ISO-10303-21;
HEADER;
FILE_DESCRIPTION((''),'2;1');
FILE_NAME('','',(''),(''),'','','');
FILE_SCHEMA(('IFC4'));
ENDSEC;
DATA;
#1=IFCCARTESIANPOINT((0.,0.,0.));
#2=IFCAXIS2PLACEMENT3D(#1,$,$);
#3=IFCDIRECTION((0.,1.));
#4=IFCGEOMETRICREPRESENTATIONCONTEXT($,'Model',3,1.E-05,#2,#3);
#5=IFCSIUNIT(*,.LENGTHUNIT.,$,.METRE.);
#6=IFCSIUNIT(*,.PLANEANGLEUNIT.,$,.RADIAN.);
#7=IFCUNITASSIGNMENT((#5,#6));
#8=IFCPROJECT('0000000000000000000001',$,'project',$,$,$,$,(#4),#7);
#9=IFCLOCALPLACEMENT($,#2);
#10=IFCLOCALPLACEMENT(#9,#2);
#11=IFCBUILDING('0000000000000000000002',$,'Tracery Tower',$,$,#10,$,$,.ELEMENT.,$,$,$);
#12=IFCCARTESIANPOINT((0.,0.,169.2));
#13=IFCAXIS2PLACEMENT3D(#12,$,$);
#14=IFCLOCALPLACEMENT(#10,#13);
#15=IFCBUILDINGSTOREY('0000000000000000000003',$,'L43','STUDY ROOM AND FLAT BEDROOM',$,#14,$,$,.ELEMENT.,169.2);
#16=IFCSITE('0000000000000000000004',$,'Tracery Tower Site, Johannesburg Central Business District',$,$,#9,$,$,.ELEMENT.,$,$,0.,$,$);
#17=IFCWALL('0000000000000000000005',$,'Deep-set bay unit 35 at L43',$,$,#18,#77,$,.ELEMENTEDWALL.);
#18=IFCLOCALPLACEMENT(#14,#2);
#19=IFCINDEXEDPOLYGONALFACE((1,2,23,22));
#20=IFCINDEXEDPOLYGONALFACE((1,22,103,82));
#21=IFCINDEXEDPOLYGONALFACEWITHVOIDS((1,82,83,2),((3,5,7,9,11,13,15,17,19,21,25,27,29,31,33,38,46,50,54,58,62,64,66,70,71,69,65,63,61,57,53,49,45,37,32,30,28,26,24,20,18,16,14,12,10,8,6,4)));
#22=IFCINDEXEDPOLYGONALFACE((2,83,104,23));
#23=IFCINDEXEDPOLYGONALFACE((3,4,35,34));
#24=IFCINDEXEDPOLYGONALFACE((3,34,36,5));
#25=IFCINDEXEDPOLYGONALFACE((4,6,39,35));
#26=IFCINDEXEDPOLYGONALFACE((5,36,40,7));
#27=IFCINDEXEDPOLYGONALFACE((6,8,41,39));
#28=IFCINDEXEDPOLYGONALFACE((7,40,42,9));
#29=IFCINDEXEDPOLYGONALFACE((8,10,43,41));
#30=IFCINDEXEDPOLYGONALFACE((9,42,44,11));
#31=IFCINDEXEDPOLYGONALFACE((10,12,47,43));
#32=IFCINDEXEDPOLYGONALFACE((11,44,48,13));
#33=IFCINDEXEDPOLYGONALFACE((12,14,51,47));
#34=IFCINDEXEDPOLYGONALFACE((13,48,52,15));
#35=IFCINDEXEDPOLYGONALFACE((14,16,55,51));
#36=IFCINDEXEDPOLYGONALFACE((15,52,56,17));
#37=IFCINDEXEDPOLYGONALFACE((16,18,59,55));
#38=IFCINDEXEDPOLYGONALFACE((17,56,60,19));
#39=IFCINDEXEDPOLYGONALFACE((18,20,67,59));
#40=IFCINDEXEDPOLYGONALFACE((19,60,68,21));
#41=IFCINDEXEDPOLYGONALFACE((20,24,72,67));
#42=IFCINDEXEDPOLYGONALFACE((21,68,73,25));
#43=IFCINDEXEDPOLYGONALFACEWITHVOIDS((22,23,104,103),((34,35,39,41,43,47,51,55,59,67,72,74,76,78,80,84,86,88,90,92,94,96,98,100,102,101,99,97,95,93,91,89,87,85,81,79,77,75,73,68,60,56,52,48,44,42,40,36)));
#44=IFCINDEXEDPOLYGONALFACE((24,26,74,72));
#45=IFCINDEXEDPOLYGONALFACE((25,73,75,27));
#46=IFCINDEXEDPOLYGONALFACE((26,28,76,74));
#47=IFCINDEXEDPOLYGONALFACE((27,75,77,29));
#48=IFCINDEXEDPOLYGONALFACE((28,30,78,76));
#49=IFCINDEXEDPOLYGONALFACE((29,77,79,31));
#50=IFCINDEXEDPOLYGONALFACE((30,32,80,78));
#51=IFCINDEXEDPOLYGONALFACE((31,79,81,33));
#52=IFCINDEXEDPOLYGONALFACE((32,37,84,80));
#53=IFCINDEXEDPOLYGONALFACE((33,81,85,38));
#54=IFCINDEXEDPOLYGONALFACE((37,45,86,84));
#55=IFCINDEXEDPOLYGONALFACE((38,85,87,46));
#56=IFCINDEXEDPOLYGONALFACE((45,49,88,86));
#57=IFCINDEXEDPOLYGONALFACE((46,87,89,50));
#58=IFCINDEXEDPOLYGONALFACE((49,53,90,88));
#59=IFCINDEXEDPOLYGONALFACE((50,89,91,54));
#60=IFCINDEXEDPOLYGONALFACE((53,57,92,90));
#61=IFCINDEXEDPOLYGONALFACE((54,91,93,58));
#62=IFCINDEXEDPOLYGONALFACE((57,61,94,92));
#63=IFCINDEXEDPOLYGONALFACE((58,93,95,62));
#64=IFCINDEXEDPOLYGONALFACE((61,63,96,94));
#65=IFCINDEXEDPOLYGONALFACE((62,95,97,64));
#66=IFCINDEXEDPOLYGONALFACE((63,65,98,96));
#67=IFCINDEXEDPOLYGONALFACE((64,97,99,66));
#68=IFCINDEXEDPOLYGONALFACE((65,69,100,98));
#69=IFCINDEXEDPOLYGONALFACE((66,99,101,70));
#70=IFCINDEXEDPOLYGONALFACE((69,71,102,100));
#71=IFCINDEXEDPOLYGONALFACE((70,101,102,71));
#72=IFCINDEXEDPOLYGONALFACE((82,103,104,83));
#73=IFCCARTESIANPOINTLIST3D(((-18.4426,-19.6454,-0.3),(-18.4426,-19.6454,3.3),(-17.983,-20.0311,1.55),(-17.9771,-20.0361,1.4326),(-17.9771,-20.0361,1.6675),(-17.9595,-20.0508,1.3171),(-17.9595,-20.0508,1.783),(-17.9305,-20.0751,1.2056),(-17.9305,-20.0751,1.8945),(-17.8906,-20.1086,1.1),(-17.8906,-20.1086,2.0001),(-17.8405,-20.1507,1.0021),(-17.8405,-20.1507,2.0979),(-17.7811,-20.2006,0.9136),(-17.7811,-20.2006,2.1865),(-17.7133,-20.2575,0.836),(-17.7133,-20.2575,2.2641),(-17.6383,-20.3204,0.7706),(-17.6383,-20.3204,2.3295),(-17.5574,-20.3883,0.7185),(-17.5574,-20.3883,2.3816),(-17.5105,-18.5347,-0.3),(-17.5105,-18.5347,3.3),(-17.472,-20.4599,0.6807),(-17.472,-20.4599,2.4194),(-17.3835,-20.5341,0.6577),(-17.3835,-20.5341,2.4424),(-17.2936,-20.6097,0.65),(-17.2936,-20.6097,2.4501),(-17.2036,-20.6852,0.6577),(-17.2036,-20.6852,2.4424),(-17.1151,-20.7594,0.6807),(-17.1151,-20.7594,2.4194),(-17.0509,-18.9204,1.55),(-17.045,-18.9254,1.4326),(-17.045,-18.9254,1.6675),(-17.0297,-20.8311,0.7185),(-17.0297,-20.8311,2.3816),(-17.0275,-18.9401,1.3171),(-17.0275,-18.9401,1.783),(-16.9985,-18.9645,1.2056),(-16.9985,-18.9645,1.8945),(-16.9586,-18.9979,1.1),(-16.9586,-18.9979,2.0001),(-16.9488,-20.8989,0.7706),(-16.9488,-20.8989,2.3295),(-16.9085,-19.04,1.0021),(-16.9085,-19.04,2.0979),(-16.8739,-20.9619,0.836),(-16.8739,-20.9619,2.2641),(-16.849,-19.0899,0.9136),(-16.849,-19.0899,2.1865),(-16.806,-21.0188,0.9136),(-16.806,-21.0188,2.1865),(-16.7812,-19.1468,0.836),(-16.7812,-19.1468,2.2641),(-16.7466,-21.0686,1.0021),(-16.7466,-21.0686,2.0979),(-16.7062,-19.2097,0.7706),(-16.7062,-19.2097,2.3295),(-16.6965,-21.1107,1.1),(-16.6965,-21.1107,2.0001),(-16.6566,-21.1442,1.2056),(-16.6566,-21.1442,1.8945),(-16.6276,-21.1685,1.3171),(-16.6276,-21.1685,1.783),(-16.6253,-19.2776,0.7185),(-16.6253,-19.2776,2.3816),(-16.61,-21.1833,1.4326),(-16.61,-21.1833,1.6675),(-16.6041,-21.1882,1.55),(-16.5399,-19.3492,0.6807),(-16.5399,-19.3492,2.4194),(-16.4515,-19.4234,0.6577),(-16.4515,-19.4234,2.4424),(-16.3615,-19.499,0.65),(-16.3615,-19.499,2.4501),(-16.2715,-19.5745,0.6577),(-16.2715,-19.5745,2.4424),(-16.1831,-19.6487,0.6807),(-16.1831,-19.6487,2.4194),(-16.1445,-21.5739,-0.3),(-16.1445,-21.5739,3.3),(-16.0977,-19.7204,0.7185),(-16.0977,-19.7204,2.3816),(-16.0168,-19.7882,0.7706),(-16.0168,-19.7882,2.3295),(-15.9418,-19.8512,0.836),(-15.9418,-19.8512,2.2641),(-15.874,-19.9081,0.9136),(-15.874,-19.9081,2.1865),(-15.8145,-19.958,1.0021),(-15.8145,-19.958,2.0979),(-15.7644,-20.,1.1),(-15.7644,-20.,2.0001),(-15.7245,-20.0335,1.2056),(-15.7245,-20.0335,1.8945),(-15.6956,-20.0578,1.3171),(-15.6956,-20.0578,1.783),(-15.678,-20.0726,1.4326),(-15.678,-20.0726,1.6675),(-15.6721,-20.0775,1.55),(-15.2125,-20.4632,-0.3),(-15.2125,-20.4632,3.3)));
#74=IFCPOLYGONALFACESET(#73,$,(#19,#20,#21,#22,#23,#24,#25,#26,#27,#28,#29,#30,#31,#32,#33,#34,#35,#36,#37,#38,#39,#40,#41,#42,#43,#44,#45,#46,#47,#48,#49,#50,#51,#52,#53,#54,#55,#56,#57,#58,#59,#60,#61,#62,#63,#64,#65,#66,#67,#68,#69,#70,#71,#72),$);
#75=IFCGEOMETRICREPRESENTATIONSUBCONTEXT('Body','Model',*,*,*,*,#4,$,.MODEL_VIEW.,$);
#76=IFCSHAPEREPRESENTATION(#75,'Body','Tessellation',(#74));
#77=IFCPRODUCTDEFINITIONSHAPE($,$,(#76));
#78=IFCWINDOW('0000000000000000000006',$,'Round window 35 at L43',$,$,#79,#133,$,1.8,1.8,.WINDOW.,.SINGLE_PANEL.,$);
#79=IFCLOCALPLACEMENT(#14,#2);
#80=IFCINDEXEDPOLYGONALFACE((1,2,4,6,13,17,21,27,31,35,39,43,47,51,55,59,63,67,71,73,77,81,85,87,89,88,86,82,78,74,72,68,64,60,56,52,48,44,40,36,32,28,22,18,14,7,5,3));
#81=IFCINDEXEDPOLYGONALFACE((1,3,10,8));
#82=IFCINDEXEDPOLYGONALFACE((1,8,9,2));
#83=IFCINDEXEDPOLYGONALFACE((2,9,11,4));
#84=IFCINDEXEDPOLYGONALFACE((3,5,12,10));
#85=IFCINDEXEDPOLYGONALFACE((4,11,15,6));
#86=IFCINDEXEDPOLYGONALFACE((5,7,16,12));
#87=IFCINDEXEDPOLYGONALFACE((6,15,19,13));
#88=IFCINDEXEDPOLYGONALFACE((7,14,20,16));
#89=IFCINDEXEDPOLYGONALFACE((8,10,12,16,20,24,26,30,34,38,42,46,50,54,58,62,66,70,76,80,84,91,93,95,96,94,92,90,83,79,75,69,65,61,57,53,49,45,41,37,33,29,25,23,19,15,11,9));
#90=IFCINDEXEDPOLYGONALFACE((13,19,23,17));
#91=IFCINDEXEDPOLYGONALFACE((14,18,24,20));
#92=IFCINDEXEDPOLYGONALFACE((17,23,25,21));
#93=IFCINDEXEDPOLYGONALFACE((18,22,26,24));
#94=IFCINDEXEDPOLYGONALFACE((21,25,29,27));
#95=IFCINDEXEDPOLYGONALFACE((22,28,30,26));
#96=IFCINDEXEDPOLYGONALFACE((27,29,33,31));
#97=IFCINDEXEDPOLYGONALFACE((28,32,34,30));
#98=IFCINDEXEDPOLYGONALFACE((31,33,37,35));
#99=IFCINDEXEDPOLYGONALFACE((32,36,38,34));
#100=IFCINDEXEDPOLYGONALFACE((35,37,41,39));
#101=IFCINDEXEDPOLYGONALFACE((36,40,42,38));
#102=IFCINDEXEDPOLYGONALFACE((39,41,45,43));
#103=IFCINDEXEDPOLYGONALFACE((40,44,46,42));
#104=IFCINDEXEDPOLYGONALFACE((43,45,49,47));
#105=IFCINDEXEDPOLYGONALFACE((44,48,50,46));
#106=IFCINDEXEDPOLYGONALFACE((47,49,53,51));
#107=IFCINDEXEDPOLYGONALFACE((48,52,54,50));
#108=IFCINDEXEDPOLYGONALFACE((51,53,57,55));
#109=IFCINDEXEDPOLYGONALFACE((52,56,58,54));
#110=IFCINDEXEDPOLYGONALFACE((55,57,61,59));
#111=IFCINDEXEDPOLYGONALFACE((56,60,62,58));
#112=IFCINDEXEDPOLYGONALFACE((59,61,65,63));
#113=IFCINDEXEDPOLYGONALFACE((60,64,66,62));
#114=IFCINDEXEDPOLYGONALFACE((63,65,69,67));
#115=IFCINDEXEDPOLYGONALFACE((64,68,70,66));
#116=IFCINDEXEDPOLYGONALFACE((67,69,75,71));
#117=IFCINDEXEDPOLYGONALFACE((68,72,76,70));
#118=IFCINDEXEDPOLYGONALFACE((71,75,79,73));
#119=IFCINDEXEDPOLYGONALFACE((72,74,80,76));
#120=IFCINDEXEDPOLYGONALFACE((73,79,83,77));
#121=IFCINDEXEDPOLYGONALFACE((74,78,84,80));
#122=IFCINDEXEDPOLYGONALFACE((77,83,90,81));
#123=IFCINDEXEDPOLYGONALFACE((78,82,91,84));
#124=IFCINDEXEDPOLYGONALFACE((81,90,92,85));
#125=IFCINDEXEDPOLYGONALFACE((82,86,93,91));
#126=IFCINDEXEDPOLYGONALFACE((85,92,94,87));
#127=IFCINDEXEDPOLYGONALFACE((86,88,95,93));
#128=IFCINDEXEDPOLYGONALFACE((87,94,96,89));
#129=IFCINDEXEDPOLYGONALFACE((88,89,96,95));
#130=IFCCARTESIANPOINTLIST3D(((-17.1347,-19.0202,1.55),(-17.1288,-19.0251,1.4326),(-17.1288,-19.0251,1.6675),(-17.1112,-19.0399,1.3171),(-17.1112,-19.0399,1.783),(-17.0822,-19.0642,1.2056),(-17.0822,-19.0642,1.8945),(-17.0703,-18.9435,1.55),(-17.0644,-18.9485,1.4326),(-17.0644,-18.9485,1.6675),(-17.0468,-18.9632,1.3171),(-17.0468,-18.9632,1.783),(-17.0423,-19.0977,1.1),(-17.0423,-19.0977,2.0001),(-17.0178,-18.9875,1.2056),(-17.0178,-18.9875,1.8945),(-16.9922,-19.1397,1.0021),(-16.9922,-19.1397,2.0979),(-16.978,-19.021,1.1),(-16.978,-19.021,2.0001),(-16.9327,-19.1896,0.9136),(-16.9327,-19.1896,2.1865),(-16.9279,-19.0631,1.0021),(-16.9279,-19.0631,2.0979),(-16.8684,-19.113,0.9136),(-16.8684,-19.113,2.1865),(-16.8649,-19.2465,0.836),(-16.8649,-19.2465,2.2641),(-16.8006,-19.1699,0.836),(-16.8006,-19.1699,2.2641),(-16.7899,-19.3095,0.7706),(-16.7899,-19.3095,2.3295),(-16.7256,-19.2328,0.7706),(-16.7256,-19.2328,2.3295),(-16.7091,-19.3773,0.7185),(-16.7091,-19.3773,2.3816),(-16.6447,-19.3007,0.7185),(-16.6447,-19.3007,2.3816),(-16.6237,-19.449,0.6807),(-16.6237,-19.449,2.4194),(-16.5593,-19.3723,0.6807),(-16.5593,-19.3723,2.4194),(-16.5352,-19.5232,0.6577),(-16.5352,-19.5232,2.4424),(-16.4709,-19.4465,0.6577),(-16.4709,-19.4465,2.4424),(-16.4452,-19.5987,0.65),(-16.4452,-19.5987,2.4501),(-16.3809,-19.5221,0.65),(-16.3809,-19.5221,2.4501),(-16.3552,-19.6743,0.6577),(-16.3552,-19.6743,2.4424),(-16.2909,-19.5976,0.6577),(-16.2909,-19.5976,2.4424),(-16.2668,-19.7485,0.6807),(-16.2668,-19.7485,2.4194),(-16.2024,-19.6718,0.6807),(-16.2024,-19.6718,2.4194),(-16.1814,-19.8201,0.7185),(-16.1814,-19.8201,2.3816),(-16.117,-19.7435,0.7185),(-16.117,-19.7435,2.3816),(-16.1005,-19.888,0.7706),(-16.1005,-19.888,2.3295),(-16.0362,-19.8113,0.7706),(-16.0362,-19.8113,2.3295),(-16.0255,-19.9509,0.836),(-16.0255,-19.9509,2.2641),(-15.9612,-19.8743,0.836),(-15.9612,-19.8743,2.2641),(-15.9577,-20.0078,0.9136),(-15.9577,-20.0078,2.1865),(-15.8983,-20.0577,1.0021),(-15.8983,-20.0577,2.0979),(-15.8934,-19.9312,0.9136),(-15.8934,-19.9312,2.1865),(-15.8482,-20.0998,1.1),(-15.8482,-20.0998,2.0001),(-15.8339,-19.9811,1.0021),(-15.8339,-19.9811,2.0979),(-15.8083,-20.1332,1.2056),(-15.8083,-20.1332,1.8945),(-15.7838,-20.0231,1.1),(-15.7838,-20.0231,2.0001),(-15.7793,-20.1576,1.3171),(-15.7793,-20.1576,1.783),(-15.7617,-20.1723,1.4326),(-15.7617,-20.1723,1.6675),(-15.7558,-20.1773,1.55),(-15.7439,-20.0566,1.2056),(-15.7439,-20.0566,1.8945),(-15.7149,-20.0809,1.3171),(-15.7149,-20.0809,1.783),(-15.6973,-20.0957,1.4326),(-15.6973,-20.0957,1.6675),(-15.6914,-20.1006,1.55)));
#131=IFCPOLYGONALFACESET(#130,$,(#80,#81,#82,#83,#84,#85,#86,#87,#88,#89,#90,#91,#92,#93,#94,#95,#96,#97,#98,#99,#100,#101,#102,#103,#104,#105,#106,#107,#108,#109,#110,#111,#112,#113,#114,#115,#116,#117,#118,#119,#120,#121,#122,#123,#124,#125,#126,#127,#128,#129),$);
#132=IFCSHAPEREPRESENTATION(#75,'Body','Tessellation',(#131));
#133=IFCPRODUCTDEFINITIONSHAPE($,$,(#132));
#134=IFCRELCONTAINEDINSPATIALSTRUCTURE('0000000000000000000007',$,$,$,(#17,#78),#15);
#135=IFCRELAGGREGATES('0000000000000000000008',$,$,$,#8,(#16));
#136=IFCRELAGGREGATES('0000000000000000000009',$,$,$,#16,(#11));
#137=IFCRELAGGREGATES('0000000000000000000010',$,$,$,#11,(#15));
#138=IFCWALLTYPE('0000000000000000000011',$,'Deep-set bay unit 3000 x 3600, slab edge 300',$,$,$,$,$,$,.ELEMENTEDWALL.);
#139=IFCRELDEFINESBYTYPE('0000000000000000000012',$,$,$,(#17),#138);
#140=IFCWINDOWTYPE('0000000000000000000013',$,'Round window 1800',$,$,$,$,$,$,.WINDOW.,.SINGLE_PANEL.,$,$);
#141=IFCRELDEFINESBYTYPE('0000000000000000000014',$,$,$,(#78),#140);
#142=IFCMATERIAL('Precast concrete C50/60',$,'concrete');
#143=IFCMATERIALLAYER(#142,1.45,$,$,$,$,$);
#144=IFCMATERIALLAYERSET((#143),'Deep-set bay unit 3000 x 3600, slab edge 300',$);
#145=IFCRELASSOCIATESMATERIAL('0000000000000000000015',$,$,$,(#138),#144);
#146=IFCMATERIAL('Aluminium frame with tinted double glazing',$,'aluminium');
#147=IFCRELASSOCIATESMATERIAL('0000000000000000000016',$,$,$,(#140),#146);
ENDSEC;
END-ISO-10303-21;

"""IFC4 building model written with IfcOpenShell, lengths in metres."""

from ifc_helpers import new_model, si_unit, direction, frame, frame_2d, origin, origin_2d, place, context, subcontext, project, spatial, rectangle, circle, extrude, material, layer, layer_set, type_object, element, fill, save


model = new_model("IFC4")

# Units and contexts
model_context = context("Model", 3, precision=1e-05, world=origin(), true_north=direction((0.0, 1.0)))
body_context = subcontext(model_context, "Body", "Model", "MODEL_VIEW")
ifc_project = project(units=[si_unit("LENGTHUNIT", "METRE"), si_unit("PLANEANGLEUNIT", "RADIAN")], contexts=[model_context])

# Site, building, storey
site_placement = place(None, origin())
site = spatial("IfcSite", under=ifc_project, at=site_placement, Name="Tracery Tower Site, Johannesburg Central Business District", CompositionType="ELEMENT", RefElevation=0.0)
building_placement = place(site_placement, origin())
building = spatial("IfcBuilding", under=site, at=building_placement, Name="Tracery Tower", CompositionType="ELEMENT")
storey_placement = place(building_placement, frame((0.0, 0.0, 169.2)))
storey = spatial("IfcBuildingStorey", under=building, at=storey_placement, Name="L43", Description="STUDY ROOM AND FLAT BEDROOM", CompositionType="ELEMENT", Elevation=169.2)

# Wall, opening, window
ifc_material_1 = material(Name="Precast concrete C50/60", Category="concrete")
ifc_layer_1 = layer(ifc_material_1, 1.45)
ifc_layer_set_1 = layer_set([ifc_layer_1], Name="Deep-set bay unit 3000 x 3600, slab edge 300")
wall_type_1 = type_object("IfcWallType", Name="Deep-set bay unit 3000 x 3600, slab edge 300", PredefinedType="ELEMENTEDWALL", material=ifc_layer_set_1)
ifc_material_2 = material(Name="Aluminium frame with tinted double glazing", Category="aluminium")
window_type = type_object("IfcWindowType", Name="Round window 1800", PartitioningType="SINGLE_PANEL", PredefinedType="WINDOW", material=ifc_material_2)
wall_1_placement = place(storey_placement, frame((-17.9766, -19.0901, -0.3), z_axis=(0.0, 0.0, 1.0), x_axis=(0.766022, -0.642814, 0.0)))
wall_1 = element("IfcWall", 1, at=wall_1_placement, inside=storey, type_object=wall_type_1, Name="Deep-set bay unit 35 at L43", PredefinedType="ELEMENTEDWALL", context=body_context, shape_type="SweptSolid", body=[
    extrude(rectangle(XDim=3.0, YDim=1.45, at=frame_2d((1.5, 0.0))), origin(), (0.0, 0.0, 1.0), 3.6001),
])
opening_1_placement = place(wall_1_placement, frame((1.5, 0.0, 1.8501)))
opening_1 = element("IfcOpeningElement", 2, at=opening_1_placement, cuts=wall_1, PredefinedType="OPENING", context=body_context, shape_type="SweptSolid", body=[
    extrude(circle(Radius=0.9, at=origin_2d()), frame((0.0, 0.7349, 0.0), z_axis=(0.0, -1.0, 0.0), x_axis=(1.0, 0.0, 0.0)), (0.0, 0.0, 1.0), 1.47),
])
window_1_placement = place(opening_1_placement, origin())
window_1 = element("IfcWindow", 3, at=window_1_placement, inside=storey, type_object=window_type, Name="Round window 35 at L43", OverallHeight=1.8, OverallWidth=1.8, PartitioningType="SINGLE_PANEL", PredefinedType="WINDOW", context=body_context, shape_type="SweptSolid", body=[
    extrude(circle(Radius=0.9, at=origin_2d()), frame((0.0, 0.6948, 0.0), z_axis=(0.0, -1.0, 0.0), x_axis=(1.0, 0.0, 0.0)), (0.0, 0.0, 1.0), 0.1001),
])
fill(opening_1, window_1)

save(model, "model.ifc")
